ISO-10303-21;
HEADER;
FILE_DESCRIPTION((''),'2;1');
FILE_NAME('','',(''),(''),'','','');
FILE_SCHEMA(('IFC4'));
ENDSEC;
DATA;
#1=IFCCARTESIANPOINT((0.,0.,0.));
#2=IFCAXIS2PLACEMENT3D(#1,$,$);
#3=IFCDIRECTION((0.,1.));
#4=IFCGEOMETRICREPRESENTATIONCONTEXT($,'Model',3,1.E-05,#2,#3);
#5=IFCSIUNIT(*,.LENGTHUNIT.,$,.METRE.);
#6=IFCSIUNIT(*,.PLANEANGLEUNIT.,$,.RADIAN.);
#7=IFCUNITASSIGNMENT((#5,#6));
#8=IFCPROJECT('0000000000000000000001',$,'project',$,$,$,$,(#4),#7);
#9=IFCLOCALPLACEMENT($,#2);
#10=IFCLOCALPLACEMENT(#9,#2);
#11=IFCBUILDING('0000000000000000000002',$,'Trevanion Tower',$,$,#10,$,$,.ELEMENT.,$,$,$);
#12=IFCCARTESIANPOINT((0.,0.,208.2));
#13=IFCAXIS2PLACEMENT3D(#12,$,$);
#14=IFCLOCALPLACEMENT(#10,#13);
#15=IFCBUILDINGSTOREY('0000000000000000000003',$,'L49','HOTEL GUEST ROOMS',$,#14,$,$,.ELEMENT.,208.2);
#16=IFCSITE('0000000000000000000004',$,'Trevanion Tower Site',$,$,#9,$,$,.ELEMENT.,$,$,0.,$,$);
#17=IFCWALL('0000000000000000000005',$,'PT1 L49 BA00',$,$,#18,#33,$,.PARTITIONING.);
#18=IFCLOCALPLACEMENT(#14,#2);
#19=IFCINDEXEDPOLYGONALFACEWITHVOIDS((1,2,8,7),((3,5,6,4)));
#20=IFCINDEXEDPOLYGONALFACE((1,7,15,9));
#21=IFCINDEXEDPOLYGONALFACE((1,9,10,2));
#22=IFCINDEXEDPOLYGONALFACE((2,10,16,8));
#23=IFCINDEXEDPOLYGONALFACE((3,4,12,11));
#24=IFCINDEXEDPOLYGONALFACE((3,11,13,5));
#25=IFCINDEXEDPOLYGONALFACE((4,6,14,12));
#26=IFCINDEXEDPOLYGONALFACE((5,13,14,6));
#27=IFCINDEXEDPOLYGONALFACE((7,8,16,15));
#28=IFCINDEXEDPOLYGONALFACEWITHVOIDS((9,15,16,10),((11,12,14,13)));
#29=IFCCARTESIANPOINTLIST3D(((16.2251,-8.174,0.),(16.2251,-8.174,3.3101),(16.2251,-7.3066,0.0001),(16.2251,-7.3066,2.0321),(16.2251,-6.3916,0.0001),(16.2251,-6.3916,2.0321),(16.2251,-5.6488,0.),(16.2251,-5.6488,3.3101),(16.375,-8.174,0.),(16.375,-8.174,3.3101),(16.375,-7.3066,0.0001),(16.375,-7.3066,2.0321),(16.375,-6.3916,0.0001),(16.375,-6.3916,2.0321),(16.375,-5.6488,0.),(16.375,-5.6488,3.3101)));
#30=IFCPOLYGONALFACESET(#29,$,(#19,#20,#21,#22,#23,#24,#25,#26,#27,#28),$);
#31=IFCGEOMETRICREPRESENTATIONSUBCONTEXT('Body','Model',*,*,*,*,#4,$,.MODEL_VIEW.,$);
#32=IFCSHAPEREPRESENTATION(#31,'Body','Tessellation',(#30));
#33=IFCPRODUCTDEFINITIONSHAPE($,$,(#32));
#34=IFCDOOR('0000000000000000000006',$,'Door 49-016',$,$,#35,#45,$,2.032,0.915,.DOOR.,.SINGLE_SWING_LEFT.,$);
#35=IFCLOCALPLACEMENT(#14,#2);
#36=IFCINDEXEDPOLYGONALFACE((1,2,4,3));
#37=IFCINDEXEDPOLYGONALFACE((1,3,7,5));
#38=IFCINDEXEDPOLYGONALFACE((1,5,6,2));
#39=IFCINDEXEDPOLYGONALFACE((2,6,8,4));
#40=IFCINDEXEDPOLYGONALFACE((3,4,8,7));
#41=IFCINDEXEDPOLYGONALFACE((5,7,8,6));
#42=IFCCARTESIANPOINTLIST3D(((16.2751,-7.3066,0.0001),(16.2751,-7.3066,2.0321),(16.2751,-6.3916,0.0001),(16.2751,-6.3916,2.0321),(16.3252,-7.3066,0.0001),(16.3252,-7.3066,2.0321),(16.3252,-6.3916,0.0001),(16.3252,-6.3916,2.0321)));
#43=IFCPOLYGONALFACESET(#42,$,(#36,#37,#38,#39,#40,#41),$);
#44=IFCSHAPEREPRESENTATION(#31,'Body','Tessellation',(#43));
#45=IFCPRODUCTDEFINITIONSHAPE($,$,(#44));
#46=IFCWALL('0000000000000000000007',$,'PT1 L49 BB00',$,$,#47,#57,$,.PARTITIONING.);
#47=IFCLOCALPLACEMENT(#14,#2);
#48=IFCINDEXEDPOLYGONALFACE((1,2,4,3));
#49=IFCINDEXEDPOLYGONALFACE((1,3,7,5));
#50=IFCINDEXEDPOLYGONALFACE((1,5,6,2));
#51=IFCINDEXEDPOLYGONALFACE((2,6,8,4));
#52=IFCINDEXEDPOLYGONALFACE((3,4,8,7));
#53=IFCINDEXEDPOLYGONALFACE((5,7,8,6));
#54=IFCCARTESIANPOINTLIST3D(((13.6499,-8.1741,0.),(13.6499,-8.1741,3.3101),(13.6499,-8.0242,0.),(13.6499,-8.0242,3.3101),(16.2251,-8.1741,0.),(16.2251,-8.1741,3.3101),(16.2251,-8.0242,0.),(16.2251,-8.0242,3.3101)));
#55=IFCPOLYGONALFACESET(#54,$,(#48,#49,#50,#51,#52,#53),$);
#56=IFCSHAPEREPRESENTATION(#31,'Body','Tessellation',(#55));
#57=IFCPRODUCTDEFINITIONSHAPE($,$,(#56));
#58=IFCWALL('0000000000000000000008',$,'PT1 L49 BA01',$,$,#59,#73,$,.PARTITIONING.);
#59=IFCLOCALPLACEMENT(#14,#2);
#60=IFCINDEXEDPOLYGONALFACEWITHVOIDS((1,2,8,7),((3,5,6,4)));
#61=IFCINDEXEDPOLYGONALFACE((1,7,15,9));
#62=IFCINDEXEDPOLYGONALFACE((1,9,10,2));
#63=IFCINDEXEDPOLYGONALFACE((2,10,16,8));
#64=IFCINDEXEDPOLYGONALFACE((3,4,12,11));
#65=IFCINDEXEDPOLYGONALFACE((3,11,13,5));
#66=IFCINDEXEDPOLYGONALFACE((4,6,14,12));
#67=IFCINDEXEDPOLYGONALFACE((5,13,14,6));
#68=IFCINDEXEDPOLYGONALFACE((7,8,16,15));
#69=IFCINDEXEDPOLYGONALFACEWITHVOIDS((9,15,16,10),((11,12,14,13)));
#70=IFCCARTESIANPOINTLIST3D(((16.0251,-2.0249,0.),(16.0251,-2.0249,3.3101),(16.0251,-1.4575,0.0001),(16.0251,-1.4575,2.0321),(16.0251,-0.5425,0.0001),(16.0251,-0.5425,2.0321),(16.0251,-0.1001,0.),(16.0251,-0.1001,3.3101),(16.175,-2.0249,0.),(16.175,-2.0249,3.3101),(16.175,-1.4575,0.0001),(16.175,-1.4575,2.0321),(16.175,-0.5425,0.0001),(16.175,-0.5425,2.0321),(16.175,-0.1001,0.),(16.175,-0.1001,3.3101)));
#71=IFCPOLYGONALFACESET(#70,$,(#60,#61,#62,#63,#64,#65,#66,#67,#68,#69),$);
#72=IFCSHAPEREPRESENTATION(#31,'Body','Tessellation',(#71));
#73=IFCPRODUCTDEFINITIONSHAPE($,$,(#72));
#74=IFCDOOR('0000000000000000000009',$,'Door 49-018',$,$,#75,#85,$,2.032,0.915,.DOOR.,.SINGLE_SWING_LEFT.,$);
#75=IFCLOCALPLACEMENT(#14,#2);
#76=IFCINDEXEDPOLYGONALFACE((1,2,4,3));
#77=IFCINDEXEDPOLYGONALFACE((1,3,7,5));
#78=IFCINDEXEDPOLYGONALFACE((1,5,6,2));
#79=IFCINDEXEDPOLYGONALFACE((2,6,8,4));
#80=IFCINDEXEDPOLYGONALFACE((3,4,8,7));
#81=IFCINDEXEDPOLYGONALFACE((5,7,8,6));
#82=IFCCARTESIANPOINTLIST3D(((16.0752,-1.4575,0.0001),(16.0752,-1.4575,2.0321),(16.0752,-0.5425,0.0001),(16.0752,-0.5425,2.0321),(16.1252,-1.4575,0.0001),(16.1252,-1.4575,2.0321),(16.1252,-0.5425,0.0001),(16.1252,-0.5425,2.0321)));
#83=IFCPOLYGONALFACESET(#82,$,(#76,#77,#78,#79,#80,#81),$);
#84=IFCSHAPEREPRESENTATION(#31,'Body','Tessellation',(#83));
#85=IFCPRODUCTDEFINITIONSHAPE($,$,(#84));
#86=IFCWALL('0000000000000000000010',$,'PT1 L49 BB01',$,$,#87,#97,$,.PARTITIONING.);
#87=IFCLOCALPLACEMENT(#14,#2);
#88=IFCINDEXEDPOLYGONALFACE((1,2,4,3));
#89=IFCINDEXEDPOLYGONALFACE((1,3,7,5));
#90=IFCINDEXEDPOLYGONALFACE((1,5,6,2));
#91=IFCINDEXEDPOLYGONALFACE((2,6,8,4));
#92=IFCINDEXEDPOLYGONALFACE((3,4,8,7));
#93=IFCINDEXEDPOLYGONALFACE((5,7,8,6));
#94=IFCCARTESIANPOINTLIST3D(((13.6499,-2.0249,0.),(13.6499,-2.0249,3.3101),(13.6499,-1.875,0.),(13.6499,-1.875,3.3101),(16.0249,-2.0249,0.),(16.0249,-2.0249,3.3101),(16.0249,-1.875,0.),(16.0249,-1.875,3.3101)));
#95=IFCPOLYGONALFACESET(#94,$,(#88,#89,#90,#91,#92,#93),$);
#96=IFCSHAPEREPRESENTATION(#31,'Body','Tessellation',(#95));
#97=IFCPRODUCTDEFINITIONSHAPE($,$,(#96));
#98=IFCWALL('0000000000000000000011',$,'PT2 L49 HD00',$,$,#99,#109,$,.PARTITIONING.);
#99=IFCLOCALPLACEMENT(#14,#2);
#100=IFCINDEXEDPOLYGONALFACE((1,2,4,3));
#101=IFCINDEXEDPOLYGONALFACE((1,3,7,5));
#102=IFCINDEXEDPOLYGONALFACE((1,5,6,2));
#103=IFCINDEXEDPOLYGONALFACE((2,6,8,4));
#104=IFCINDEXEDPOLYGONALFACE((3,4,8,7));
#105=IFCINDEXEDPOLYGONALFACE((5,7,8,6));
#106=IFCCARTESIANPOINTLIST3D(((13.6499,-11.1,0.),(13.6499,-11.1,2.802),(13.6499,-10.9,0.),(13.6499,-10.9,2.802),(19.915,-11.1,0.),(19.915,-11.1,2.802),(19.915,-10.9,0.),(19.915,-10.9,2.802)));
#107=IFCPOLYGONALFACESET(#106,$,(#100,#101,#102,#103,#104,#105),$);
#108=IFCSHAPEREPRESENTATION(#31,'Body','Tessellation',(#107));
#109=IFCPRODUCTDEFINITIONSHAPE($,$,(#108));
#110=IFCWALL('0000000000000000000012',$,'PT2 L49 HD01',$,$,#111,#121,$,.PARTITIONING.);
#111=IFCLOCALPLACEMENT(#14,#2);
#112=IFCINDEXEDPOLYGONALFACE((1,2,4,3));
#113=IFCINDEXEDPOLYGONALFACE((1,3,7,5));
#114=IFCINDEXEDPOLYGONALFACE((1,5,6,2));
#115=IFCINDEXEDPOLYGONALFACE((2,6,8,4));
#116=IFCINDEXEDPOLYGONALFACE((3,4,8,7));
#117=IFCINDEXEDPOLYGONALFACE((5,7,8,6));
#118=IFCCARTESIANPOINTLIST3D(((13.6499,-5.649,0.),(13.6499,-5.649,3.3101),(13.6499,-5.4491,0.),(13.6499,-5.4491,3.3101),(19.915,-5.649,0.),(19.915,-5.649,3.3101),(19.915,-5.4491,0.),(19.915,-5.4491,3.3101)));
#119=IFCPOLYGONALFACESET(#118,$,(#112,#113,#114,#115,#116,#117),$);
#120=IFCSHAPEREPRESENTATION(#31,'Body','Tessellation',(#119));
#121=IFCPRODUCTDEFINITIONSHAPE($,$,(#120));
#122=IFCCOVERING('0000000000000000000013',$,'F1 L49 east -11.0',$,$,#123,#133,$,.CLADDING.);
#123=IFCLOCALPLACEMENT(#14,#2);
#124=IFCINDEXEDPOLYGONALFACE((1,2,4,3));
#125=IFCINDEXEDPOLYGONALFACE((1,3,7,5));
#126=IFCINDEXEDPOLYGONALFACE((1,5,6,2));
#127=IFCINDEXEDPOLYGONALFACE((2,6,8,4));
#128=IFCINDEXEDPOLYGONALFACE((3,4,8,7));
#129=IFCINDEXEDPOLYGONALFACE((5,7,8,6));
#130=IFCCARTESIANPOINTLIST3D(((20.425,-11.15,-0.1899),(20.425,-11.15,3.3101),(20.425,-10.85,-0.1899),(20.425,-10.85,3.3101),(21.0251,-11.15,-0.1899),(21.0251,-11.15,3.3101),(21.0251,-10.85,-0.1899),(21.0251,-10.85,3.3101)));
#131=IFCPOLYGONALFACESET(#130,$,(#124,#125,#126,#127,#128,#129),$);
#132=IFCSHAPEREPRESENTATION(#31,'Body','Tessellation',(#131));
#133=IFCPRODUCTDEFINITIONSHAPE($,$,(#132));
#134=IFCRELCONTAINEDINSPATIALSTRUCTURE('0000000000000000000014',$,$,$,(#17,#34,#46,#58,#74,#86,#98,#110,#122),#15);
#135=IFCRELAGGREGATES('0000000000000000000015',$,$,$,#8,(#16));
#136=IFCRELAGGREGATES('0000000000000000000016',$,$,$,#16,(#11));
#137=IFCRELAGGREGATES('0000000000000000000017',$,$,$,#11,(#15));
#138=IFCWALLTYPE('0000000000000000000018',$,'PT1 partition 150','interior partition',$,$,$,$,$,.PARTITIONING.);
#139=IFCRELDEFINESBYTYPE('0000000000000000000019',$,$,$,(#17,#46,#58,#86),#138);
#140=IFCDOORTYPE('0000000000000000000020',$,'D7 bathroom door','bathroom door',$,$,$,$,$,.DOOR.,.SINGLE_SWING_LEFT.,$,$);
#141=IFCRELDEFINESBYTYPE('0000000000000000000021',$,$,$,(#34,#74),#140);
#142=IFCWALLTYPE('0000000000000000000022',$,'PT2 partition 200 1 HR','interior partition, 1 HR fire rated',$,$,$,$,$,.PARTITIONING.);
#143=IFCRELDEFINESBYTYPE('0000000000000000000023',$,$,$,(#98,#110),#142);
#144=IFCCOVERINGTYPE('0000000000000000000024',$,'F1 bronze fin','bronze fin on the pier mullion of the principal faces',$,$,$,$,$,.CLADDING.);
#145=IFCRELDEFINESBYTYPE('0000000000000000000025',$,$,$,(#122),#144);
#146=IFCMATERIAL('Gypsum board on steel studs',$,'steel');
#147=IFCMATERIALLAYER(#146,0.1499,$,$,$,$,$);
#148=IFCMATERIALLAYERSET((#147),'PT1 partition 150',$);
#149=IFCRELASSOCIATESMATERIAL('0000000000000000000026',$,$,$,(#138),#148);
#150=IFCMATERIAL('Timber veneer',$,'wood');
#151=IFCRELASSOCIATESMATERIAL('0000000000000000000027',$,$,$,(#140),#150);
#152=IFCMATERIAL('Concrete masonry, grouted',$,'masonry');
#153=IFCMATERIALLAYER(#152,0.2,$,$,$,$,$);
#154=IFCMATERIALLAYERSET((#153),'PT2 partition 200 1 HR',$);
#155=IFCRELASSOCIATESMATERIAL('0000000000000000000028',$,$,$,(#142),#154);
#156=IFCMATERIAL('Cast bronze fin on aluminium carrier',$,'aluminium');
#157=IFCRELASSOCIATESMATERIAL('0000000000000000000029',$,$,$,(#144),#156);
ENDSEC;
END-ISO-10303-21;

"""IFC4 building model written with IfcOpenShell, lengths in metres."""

from ifc_helpers import new_model, si_unit, direction, frame, frame_2d, origin, origin_2d, place, context, subcontext, project, spatial, rectangle, extrude, material, layer, layer_set, type_object, element, fill, save


model = new_model("IFC4")

# Units and contexts
model_context = context("Model", 3, precision=1e-05, world=origin(), true_north=direction((0.0, 1.0)))
body_context = subcontext(model_context, "Body", "Model", "MODEL_VIEW")
ifc_project = project(units=[si_unit("LENGTHUNIT", "METRE"), si_unit("PLANEANGLEUNIT", "RADIAN")], contexts=[model_context])

# Site, building, storey
site_placement = place(None, origin())
site = spatial("IfcSite", under=ifc_project, at=site_placement, Name="Trevanion Tower Site", CompositionType="ELEMENT", RefElevation=0.0)
building_placement = place(site_placement, origin())
building = spatial("IfcBuilding", under=site, at=building_placement, Name="Trevanion Tower", CompositionType="ELEMENT")
storey_placement = place(building_placement, frame((0.0, 0.0, 208.2)))
storey = spatial("IfcBuildingStorey", under=building, at=storey_placement, Name="L49", Description="HOTEL GUEST ROOMS", CompositionType="ELEMENT", Elevation=208.2)

# Wall, opening, door
ifc_material_1 = material(Name="Gypsum board on steel studs", Category="steel")
ifc_layer_1 = layer(ifc_material_1, 0.1499)
ifc_layer_set_1 = layer_set([ifc_layer_1], Name="PT1 partition 150")
wall_type_1 = type_object("IfcWallType", Name="PT1 partition 150", Description="interior partition", PredefinedType="PARTITIONING", material=ifc_layer_set_1)
wall_1_placement = place(storey_placement, frame((16.3, -8.1741, 0.0), z_axis=(0.0, 0.0, 1.0), x_axis=(0.0, 1.0, 0.0)))
wall_1 = element("IfcWall", 1, at=wall_1_placement, inside=storey, type_object=wall_type_1, Name="PT1 L49 BA00", PredefinedType="PARTITIONING", context=body_context, shape_type="SweptSolid", body=[
    extrude(rectangle(XDim=2.5251, YDim=0.1499, at=frame_2d((1.2627, 0.0))), origin(), (0.0, 0.0, 1.0), 3.3101),
])
opening_1_placement = place(wall_1_placement, frame((0.8674, 0.0, 0.0)))
opening_1 = element("IfcOpeningElement", 2, at=opening_1_placement, cuts=wall_1, PredefinedType="OPENING", context=body_context, shape_type="SweptSolid", body=[
    extrude(rectangle(XDim=0.915, YDim=2.032, at=frame_2d((0.4575, 1.0161))), frame((0.0, 0.085, 0.0), z_axis=(0.0, -1.0, 0.0), x_axis=(1.0, 0.0, 0.0)), (0.0, 0.0, 1.0), 0.1699),
])
ifc_material_2 = material(Name="Timber veneer", Category="wood")
door_type = type_object("IfcDoorType", Name="D7 bathroom door", Description="bathroom door", OperationType="SINGLE_SWING_LEFT", PredefinedType="DOOR", material=ifc_material_2)
door_1_placement = place(opening_1_placement, origin())
door_1 = element("IfcDoor", 3, at=door_1_placement, inside=storey, type_object=door_type, Name="Door 49-016", OperationType="SINGLE_SWING_LEFT", OverallHeight=2.032, OverallWidth=0.915, PredefinedType="DOOR", context=body_context, shape_type="SweptSolid", body=[
    extrude(rectangle(XDim=0.915, YDim=2.032, at=frame_2d((0.4575, 1.0161))), frame((0.0, 0.0249, 0.0), z_axis=(0.0, -1.0, 0.0), x_axis=(1.0, 0.0, 0.0)), (0.0, 0.0, 1.0), 0.05),
])
fill(opening_1, door_1)

# Wall
wall_2_placement = place(storey_placement, frame((13.6499, -8.0991, 0.0), z_axis=(0.0, 0.0, 1.0), x_axis=(1.0, 0.0, 0.0)))
element("IfcWall", 4, at=wall_2_placement, inside=storey, type_object=wall_type_1, Name="PT1 L49 BB00", PredefinedType="PARTITIONING", context=body_context, shape_type="SweptSolid", body=[
    extrude(rectangle(XDim=2.5752, YDim=0.1499, at=frame_2d((1.2876, 0.0))), origin(), (0.0, 0.0, 1.0), 3.3101),
])

# Wall, opening, door
wall_3_placement = place(storey_placement, frame((16.1001, -2.0249, 0.0), z_axis=(0.0, 0.0, 1.0), x_axis=(0.0, 1.0, 0.0)))
wall_3 = element("IfcWall", 5, at=wall_3_placement, inside=storey, type_object=wall_type_1, Name="PT1 L49 BA01", PredefinedType="PARTITIONING", context=body_context, shape_type="SweptSolid", body=[
    extrude(rectangle(XDim=1.9248, YDim=0.1499, at=frame_2d((0.9624, 0.0))), origin(), (0.0, 0.0, 1.0), 3.3101),
])
opening_2_placement = place(wall_3_placement, frame((0.5674, 0.0, 0.0)))
opening_2 = element("IfcOpeningElement", 6, at=opening_2_placement, cuts=wall_3, PredefinedType="OPENING", context=body_context, shape_type="SweptSolid", body=[
    extrude(rectangle(XDim=0.915, YDim=2.032, at=frame_2d((0.4575, 1.0161))), frame((0.0, 0.085, 0.0), z_axis=(0.0, -1.0, 0.0), x_axis=(1.0, 0.0, 0.0)), (0.0, 0.0, 1.0), 0.1699),
])
door_2_placement = place(opening_2_placement, origin())
door_2 = element("IfcDoor", 7, at=door_2_placement, inside=storey, type_object=door_type, Name="Door 49-018", OperationType="SINGLE_SWING_LEFT", OverallHeight=2.032, OverallWidth=0.915, PredefinedType="DOOR", context=body_context, shape_type="SweptSolid", body=[
    extrude(rectangle(XDim=0.915, YDim=2.032, at=frame_2d((0.4575, 1.0161))), frame((0.0, 0.0249, 0.0), z_axis=(0.0, -1.0, 0.0), x_axis=(1.0, 0.0, 0.0)), (0.0, 0.0, 1.0), 0.05),
])
fill(opening_2, door_2)

# Walls
wall_4_placement = place(storey_placement, frame((13.6499, -1.95, 0.0), z_axis=(0.0, 0.0, 1.0), x_axis=(1.0, 0.0, 0.0)))
element("IfcWall", 8, at=wall_4_placement, inside=storey, type_object=wall_type_1, Name="PT1 L49 BB01", PredefinedType="PARTITIONING", context=body_context, shape_type="SweptSolid", body=[
    extrude(rectangle(XDim=2.375, YDim=0.1499, at=frame_2d((1.1875, 0.0))), origin(), (0.0, 0.0, 1.0), 3.3101),
])
ifc_material_3 = material(Name="Concrete masonry, grouted", Category="masonry")
ifc_layer_2 = layer(ifc_material_3, 0.2)
ifc_layer_set_2 = layer_set([ifc_layer_2], Name="PT2 partition 200 1 HR")
wall_type_2 = type_object("IfcWallType", Name="PT2 partition 200 1 HR", Description="interior partition, 1 HR fire rated", PredefinedType="PARTITIONING", material=ifc_layer_set_2)
wall_5_placement = place(storey_placement, frame((13.6499, -11.0, 0.0), z_axis=(0.0, 0.0, 1.0), x_axis=(1.0, 0.0, 0.0)))
element("IfcWall", 9, at=wall_5_placement, inside=storey, type_object=wall_type_2, Name="PT2 L49 HD00", PredefinedType="PARTITIONING", context=body_context, shape_type="SweptSolid", body=[
    extrude(rectangle(XDim=6.2651, YDim=0.2, at=frame_2d((3.1326, 0.0))), origin(), (0.0, 0.0, 1.0), 2.802),
])
wall_6_placement = place(storey_placement, frame((13.6499, -5.5491, 0.0), z_axis=(0.0, 0.0, 1.0), x_axis=(1.0, 0.0, 0.0)))
element("IfcWall", 10, at=wall_6_placement, inside=storey, type_object=wall_type_2, Name="PT2 L49 HD01", PredefinedType="PARTITIONING", context=body_context, shape_type="SweptSolid", body=[
    extrude(rectangle(XDim=6.2651, YDim=0.2, at=frame_2d((3.1326, 0.0))), origin(), (0.0, 0.0, 1.0), 3.3101),
])

# Covering
ifc_material_4 = material(Name="Cast bronze fin on aluminium carrier", Category="aluminium")
covering_type = type_object("IfcCoveringType", Name="F1 bronze fin", Description="bronze fin on the pier mullion of the principal faces", PredefinedType="CLADDING", material=ifc_material_4)
covering_placement = place(storey_placement, frame((20.7251, -11.0, -0.1899), z_axis=(0.0, 0.0, 1.0), x_axis=(0.0, 1.0, 0.0)))
element("IfcCovering", 11, at=covering_placement, inside=storey, type_object=covering_type, Name="F1 L49 east -11.0", PredefinedType="CLADDING", context=body_context, shape_type="SweptSolid", body=[
    extrude(rectangle(XDim=0.3, YDim=0.6001, at=origin_2d()), origin(), (0.0, 0.0, 1.0), 3.5),
])

save(model, "model.ifc")
